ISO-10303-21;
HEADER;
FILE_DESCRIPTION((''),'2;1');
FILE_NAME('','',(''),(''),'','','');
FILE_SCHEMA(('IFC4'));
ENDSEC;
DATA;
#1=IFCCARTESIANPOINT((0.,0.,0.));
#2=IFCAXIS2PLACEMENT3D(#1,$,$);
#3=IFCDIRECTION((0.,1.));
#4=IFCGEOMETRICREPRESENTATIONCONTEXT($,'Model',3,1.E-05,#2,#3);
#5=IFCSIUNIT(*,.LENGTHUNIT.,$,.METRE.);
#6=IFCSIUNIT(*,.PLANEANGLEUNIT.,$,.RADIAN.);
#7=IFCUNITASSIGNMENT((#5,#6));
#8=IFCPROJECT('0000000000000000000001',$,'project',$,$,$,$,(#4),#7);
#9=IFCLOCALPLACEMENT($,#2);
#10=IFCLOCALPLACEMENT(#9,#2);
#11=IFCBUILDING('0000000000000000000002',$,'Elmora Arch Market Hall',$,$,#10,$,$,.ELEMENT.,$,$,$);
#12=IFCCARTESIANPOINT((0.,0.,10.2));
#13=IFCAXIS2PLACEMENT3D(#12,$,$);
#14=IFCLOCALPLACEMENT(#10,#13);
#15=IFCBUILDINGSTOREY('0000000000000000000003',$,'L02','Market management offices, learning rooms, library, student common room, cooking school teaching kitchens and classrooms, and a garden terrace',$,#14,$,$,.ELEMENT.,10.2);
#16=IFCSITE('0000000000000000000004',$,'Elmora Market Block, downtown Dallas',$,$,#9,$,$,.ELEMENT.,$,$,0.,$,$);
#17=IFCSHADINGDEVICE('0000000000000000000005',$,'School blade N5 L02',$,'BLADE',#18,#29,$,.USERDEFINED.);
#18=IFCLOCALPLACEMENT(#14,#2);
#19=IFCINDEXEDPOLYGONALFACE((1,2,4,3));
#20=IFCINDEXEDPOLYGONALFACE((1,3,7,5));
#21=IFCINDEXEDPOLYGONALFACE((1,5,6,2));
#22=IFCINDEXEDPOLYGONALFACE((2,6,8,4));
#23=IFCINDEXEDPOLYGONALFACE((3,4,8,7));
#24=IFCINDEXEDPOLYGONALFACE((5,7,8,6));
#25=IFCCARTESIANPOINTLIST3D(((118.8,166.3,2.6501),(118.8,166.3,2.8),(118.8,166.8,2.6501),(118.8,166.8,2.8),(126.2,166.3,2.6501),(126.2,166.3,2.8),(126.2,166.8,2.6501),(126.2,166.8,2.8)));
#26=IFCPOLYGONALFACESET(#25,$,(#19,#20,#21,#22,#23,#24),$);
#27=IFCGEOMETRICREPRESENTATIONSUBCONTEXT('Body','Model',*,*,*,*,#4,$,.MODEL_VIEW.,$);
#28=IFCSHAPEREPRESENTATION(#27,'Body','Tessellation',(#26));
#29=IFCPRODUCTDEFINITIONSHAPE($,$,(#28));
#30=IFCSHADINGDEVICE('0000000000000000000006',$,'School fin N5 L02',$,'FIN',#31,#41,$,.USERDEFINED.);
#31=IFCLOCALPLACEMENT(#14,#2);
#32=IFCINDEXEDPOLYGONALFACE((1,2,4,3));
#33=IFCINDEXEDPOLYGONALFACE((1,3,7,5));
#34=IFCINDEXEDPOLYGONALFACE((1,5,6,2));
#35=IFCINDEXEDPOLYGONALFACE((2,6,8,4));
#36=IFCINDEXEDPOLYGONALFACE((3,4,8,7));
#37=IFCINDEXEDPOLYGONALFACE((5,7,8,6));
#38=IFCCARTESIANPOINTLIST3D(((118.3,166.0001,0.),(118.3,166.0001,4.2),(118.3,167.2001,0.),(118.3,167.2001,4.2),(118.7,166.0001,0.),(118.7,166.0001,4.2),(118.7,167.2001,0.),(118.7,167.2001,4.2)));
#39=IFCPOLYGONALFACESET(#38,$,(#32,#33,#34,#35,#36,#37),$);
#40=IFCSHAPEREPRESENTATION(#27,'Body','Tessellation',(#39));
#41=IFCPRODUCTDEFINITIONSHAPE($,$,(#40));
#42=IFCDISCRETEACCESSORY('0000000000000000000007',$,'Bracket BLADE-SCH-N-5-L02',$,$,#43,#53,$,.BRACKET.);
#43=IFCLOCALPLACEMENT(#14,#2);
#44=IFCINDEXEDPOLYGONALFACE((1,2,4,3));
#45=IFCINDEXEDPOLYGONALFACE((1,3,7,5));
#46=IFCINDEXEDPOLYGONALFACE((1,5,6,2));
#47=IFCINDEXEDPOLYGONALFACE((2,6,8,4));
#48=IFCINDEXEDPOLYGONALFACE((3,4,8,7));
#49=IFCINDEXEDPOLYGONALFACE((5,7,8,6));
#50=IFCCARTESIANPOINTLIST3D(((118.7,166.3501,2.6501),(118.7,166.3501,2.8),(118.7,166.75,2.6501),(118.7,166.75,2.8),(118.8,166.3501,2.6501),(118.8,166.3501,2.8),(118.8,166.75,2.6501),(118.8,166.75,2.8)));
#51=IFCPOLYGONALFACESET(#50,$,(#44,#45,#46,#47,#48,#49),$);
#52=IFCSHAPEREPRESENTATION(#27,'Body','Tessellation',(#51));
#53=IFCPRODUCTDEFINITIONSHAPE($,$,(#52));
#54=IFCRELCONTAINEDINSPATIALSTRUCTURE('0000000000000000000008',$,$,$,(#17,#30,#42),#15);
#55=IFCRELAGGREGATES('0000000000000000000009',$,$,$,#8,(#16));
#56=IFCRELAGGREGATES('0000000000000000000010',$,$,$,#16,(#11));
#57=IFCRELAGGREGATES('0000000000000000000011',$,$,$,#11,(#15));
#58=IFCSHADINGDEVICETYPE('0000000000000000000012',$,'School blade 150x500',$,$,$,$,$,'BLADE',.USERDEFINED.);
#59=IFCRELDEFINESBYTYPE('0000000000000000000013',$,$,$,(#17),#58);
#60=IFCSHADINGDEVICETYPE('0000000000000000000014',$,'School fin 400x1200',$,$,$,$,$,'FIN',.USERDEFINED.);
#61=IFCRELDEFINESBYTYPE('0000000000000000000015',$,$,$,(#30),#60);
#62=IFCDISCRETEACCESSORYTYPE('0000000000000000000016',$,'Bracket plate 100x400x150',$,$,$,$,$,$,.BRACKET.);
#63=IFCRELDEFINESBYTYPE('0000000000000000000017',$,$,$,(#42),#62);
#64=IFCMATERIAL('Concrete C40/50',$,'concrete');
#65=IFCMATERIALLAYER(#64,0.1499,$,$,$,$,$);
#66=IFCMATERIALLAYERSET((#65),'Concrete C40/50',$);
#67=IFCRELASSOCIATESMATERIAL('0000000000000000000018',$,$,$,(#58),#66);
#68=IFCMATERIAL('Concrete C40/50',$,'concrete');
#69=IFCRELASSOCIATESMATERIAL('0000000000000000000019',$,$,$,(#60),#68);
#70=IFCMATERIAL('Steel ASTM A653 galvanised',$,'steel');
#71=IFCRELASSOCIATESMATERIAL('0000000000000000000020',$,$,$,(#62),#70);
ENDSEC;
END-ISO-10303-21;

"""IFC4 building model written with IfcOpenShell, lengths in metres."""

from ifc_helpers import new_model, si_unit, direction, frame, origin, origin_2d, place, context, subcontext, project, spatial, rectangle, extrude, material, layer, layer_set, type_object, element, save


model = new_model("IFC4")

# Units and contexts
model_context = context("Model", 3, precision=1e-05, world=origin(), true_north=direction((0.0, 1.0)))
body_context = subcontext(model_context, "Body", "Model", "MODEL_VIEW")
ifc_project = project(units=[si_unit("LENGTHUNIT", "METRE"), si_unit("PLANEANGLEUNIT", "RADIAN")], contexts=[model_context])

# Site, building, storey
site_placement = place(None, origin())
site = spatial("IfcSite", under=ifc_project, at=site_placement, Name="Elmora Market Block, downtown Dallas", CompositionType="ELEMENT", RefElevation=0.0)
building_placement = place(site_placement, origin())
building = spatial("IfcBuilding", under=site, at=building_placement, Name="Elmora Arch Market Hall", CompositionType="ELEMENT")
storey_placement = place(building_placement, frame((0.0, 0.0, 10.2)))
storey = spatial("IfcBuildingStorey", under=building, at=storey_placement, Name="L02", Description="Market management offices, learning rooms, library, student common room, cooking school teaching kitchens and classrooms, and a garden terrace", CompositionType="ELEMENT", Elevation=10.2)

# Shading devices
ifc_material_1 = material(Name="Concrete C40/50", Category="concrete")
ifc_layer_1 = layer(ifc_material_1, 0.1499)
ifc_layer_set_1 = layer_set([ifc_layer_1], Name="Concrete C40/50")
shading_device_type_1 = type_object("IfcShadingDeviceType", Name="School blade 150x500", ElementType="BLADE", PredefinedType="USERDEFINED", material=ifc_layer_set_1)
shading_device_1_placement = place(storey_placement, frame((122.5, 166.55, 2.6501), z_axis=(0.0, 0.0, 1.0), x_axis=(1.0, 0.0, 0.0)))
element("IfcShadingDevice", 1, at=shading_device_1_placement, inside=storey, type_object=shading_device_type_1, Name="School blade N5 L02", ObjectType="BLADE", PredefinedType="USERDEFINED", context=body_context, shape_type="SweptSolid", body=[
    extrude(rectangle(XDim=7.3999, YDim=0.5, at=origin_2d()), origin(), (0.0, 0.0, 1.0), 0.1499),
])
ifc_material_2 = material(Name="Concrete C40/50", Category="concrete")
shading_device_type_2 = type_object("IfcShadingDeviceType", Name="School fin 400x1200", ElementType="FIN", PredefinedType="USERDEFINED", material=ifc_material_2)
shading_device_2_placement = place(storey_placement, frame((118.5, 166.6001, 0.0), z_axis=(0.0, 0.0, 1.0), x_axis=(1.0, 0.0, 0.0)))
element("IfcShadingDevice", 2, at=shading_device_2_placement, inside=storey, type_object=shading_device_type_2, Name="School fin N5 L02", ObjectType="FIN", PredefinedType="USERDEFINED", context=body_context, shape_type="SweptSolid", body=[
    extrude(rectangle(XDim=0.3999, YDim=1.2, at=origin_2d()), origin(), (0.0, 0.0, 1.0), 4.2),
])

# Discrete accessory
ifc_material_3 = material(Name="Steel ASTM A653 galvanised", Category="steel")
discrete_accessory_type = type_object("IfcDiscreteAccessoryType", Name="Bracket plate 100x400x150", PredefinedType="BRACKET", material=ifc_material_3)
discrete_accessory_placement = place(storey_placement, frame((118.75, 166.55, 2.6501), z_axis=(0.0, 0.0, 1.0), x_axis=(1.0, 0.0, 0.0)))
element("IfcDiscreteAccessory", 3, at=discrete_accessory_placement, inside=storey, type_object=discrete_accessory_type, Name="Bracket BLADE-SCH-N-5-L02", PredefinedType="BRACKET", context=body_context, shape_type="SweptSolid", body=[
    extrude(rectangle(XDim=0.1001, YDim=0.3999, at=origin_2d()), origin(), (0.0, 0.0, 1.0), 0.1499),
])

save(model, "model.ifc")
